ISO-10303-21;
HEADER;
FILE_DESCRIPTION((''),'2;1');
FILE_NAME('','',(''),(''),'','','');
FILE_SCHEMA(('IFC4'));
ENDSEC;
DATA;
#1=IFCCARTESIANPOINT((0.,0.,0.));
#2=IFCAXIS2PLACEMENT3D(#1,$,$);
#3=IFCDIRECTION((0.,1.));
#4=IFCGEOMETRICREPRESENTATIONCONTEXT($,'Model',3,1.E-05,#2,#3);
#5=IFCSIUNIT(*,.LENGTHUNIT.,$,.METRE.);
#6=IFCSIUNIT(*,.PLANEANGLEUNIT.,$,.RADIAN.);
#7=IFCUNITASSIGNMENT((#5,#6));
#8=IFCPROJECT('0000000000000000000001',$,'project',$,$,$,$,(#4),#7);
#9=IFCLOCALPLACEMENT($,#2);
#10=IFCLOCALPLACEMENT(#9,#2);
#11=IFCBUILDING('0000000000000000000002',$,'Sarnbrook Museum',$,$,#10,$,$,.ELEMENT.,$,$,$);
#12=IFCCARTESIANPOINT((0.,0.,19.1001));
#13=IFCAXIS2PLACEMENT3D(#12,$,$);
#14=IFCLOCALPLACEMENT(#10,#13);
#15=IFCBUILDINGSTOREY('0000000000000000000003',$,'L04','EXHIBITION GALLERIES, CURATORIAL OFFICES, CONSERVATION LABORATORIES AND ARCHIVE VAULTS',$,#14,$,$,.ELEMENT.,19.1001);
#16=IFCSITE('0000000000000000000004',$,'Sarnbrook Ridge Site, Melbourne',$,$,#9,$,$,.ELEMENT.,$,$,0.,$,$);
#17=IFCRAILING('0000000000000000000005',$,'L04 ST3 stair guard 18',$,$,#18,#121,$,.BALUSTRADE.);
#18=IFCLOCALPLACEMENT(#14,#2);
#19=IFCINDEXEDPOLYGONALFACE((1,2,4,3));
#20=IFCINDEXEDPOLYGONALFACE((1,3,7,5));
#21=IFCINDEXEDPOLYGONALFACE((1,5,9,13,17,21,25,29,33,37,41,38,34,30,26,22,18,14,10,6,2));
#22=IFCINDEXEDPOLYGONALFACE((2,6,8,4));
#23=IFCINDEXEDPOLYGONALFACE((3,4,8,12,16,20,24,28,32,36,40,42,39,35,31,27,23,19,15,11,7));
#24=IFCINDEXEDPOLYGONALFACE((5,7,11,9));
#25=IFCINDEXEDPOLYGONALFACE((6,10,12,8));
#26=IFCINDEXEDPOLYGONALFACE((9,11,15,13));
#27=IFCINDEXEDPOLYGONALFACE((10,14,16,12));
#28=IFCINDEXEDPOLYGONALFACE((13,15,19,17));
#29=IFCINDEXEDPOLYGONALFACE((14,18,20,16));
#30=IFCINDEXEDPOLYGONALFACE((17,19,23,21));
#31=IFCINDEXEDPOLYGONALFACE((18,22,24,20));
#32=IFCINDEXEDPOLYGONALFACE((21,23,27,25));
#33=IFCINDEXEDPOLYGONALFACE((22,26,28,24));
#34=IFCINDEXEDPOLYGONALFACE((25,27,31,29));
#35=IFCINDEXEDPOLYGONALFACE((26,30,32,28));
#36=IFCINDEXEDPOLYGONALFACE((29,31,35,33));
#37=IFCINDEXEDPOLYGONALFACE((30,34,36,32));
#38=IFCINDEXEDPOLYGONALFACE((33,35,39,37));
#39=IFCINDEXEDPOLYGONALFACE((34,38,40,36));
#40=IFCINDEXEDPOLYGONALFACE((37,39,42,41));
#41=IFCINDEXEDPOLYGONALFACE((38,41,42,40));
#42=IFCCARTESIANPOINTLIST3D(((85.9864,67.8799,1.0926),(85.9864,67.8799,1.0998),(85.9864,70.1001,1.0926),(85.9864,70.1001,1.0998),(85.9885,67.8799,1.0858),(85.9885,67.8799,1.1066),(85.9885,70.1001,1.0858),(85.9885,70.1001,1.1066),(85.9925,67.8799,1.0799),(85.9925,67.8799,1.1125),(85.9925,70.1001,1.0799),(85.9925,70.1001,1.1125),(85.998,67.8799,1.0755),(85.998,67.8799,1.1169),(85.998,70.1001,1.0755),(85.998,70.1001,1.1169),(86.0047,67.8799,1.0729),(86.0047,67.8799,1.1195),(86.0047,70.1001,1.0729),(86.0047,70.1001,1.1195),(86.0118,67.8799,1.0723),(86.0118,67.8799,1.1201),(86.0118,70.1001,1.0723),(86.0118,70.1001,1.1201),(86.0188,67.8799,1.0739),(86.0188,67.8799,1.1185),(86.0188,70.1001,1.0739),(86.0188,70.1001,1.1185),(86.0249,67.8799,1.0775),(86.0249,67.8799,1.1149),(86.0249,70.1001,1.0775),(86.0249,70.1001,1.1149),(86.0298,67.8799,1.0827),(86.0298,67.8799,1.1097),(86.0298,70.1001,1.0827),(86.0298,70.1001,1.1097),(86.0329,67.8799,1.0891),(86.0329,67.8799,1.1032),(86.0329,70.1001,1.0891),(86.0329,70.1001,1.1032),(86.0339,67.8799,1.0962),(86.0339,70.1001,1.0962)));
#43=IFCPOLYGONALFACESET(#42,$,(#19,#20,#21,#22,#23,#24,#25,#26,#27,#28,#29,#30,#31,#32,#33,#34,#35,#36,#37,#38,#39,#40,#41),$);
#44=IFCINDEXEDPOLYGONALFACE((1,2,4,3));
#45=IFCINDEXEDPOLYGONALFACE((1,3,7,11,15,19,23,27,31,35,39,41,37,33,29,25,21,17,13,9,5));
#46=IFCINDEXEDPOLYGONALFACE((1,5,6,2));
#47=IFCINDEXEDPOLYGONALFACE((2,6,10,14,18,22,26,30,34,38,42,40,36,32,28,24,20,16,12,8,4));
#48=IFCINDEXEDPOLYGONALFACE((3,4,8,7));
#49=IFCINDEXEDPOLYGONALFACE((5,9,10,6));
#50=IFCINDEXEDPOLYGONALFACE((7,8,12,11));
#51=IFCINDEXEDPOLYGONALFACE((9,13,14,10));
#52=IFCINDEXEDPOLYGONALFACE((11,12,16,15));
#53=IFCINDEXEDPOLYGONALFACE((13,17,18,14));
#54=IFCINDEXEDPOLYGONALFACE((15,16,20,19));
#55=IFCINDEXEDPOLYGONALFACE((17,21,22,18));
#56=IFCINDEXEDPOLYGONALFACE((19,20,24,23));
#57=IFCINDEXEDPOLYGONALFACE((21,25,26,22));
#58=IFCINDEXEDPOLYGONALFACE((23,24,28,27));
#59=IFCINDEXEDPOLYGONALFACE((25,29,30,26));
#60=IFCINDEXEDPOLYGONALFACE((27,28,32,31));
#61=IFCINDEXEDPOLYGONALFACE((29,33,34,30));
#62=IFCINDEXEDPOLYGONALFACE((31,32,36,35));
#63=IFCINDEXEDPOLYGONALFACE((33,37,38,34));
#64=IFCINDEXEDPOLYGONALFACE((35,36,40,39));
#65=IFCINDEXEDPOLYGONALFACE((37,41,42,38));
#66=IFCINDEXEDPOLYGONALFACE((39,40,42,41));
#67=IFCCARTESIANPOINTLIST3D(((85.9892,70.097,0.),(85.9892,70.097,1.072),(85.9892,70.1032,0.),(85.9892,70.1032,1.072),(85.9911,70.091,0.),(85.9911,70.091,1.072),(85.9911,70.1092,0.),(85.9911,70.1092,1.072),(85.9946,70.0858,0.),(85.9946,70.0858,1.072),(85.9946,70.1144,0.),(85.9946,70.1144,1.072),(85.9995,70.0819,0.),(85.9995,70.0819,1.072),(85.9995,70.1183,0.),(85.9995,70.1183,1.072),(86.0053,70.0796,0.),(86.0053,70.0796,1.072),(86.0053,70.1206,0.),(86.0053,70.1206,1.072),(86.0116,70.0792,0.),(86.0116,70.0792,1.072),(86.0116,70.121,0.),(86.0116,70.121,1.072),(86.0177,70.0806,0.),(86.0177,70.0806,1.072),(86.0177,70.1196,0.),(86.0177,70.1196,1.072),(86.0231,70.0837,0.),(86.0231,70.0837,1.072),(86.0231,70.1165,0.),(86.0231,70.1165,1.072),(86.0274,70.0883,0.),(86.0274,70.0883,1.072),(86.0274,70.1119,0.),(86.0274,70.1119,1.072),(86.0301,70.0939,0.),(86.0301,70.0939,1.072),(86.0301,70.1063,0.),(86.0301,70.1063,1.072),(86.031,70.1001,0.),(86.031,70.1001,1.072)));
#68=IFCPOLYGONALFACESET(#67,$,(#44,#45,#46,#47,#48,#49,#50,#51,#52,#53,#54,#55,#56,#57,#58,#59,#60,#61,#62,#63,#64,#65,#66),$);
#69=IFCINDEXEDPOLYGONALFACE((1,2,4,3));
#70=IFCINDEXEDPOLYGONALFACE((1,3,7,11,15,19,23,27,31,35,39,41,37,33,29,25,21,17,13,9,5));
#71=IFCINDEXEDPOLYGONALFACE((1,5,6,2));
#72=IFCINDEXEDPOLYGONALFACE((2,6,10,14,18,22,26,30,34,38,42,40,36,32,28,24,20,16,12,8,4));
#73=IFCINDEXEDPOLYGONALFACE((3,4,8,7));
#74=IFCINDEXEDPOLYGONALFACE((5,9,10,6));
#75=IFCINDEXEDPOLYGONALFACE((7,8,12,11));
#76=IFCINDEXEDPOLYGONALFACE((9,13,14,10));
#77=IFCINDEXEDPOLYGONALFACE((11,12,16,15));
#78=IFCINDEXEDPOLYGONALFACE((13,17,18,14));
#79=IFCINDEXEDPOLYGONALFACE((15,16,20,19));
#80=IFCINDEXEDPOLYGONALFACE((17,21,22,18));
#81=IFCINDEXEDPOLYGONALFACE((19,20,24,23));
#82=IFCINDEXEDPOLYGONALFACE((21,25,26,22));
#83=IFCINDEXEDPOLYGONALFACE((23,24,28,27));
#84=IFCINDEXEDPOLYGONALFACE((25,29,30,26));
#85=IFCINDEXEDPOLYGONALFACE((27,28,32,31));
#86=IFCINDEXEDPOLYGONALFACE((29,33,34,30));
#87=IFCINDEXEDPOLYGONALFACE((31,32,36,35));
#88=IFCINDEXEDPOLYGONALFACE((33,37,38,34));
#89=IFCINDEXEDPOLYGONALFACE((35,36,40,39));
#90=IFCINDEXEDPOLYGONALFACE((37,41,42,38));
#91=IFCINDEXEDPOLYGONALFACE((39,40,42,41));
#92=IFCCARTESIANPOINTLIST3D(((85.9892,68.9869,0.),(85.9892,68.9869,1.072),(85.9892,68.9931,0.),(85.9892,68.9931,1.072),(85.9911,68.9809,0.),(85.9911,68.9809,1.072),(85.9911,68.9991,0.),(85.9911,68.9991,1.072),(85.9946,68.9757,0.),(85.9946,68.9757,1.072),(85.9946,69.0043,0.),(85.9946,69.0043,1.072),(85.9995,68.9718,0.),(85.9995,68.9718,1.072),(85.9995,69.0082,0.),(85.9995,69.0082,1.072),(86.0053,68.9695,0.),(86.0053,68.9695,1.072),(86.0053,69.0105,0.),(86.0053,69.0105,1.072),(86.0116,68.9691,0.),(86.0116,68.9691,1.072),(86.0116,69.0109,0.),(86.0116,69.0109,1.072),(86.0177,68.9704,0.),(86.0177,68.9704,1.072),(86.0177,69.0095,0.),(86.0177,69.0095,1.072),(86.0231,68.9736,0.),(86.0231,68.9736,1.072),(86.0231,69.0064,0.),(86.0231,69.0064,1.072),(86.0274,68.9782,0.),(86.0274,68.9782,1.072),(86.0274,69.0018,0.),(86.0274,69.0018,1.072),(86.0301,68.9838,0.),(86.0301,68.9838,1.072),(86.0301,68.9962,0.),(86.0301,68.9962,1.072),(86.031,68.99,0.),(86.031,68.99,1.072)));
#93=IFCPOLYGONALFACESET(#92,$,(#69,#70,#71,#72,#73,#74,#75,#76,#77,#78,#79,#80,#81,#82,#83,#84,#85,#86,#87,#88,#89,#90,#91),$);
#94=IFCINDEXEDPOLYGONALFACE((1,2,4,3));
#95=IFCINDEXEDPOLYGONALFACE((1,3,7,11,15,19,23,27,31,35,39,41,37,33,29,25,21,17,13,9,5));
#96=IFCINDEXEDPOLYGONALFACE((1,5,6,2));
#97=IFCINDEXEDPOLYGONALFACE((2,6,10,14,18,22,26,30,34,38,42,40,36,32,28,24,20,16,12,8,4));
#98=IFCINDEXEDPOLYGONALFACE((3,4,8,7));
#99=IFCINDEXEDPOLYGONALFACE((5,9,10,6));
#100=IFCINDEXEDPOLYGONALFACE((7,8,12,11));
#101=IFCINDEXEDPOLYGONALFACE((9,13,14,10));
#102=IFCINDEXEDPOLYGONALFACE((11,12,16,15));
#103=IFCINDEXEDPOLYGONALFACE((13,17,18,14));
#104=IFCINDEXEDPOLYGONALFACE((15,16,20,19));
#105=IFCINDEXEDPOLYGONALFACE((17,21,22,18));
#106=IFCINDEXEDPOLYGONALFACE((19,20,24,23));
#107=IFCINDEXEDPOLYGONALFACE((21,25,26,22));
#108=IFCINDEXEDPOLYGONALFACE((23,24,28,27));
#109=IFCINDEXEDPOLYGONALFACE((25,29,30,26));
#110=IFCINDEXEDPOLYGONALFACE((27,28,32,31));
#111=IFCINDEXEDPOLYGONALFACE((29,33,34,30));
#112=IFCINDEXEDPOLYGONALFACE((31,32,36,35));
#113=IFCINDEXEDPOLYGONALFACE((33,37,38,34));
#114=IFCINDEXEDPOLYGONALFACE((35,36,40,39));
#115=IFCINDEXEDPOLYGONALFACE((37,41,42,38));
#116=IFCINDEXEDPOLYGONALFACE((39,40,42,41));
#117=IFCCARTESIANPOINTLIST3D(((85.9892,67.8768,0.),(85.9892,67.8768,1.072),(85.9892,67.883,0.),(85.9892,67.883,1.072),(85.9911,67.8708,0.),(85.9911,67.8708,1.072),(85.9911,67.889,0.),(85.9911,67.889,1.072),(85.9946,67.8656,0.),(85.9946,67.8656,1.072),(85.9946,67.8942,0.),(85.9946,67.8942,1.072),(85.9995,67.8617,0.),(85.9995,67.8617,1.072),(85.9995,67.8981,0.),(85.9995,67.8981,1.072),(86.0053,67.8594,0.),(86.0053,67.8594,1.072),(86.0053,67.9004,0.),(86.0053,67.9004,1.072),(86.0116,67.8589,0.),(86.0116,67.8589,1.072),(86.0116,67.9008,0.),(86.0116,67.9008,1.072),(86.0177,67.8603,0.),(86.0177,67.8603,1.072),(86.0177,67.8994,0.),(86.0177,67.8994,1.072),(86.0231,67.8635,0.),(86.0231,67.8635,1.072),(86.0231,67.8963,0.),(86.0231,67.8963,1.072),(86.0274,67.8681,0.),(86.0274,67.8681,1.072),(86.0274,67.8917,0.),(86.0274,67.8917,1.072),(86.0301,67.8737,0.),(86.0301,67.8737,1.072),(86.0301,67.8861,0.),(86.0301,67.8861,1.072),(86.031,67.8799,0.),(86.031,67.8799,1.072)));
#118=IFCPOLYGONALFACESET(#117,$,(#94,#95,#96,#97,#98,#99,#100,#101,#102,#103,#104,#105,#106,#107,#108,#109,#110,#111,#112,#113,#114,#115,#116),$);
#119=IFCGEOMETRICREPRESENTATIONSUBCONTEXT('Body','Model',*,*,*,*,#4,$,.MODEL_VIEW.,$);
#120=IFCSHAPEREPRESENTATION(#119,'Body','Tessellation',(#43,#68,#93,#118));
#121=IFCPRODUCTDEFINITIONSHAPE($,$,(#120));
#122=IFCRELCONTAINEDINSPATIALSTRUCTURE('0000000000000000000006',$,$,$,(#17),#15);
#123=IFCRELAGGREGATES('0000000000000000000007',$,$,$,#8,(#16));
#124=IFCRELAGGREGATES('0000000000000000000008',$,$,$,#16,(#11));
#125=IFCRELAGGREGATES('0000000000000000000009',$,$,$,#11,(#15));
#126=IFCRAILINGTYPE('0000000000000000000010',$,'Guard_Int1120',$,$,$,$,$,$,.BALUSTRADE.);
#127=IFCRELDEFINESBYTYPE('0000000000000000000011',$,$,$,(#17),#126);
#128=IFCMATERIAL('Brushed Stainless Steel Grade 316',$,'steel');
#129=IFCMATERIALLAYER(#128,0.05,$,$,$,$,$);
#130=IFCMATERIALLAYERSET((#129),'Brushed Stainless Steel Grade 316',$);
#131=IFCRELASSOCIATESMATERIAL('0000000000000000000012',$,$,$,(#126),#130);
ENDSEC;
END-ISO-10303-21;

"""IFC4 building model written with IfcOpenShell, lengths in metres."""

from ifc_helpers import new_model, si_unit, direction, frame, origin, origin_2d, place, context, subcontext, project, spatial, circle, extrude, material, layer, layer_set, type_object, element, save


model = new_model("IFC4")

# Units and contexts
model_context = context("Model", 3, precision=1e-05, world=origin(), true_north=direction((0.0, 1.0)))
body_context = subcontext(model_context, "Body", "Model", "MODEL_VIEW")
ifc_project = project(units=[si_unit("LENGTHUNIT", "METRE"), si_unit("PLANEANGLEUNIT", "RADIAN")], contexts=[model_context])

# Site, building, storey
site_placement = place(None, origin())
site = spatial("IfcSite", under=ifc_project, at=site_placement, Name="Sarnbrook Ridge Site, Melbourne", CompositionType="ELEMENT", RefElevation=0.0)
building_placement = place(site_placement, origin())
building = spatial("IfcBuilding", under=site, at=building_placement, Name="Sarnbrook Museum", CompositionType="ELEMENT")
storey_placement = place(building_placement, frame((0.0, 0.0, 19.1001)))
storey = spatial("IfcBuildingStorey", under=building, at=storey_placement, Name="L04", Description="EXHIBITION GALLERIES, CURATORIAL OFFICES, CONSERVATION LABORATORIES AND ARCHIVE VAULTS", CompositionType="ELEMENT", Elevation=19.1001)

# Shared definitions
ifc_material_1 = material(Name="Brushed Stainless Steel Grade 316", Category="steel")

# Railing
ifc_layer_1 = layer(ifc_material_1, 0.05)
ifc_layer_set_1 = layer_set([ifc_layer_1], Name="Brushed Stainless Steel Grade 316")
railing_type = type_object("IfcRailingType", Name="Guard_Int1120", PredefinedType="BALUSTRADE", material=ifc_layer_set_1)
for number, where, name in (
    (1, (86.01, 70.1001, 0.0), "L04 ST3 stair guard 18"),
):
    element("IfcRailing", number, at=place(storey_placement, frame(where)), inside=storey, type_object=railing_type, Name=name, PredefinedType="BALUSTRADE", context=body_context, shape_type="SweptSolid", body=[
        extrude(circle(Radius=0.0239, at=origin_2d()), frame((0.0, 0.0, 1.0962), z_axis=(0.0, -1.0, 0.0), x_axis=(1.0, 0.0, 0.0)), (0.0, 0.0, 1.0), 2.2202),
        extrude(circle(Radius=0.021, at=origin_2d()), origin(), (0.0, 0.0, 1.0), 1.072),
        extrude(circle(Radius=0.021, at=origin_2d()), frame((0.0, -1.1101, 0.0)), (0.0, 0.0, 1.0), 1.072),
        extrude(circle(Radius=0.021, at=origin_2d()), frame((0.0, -2.2202, 0.0)), (0.0, 0.0, 1.0), 1.072),
    ])

save(model, "model.ifc")
